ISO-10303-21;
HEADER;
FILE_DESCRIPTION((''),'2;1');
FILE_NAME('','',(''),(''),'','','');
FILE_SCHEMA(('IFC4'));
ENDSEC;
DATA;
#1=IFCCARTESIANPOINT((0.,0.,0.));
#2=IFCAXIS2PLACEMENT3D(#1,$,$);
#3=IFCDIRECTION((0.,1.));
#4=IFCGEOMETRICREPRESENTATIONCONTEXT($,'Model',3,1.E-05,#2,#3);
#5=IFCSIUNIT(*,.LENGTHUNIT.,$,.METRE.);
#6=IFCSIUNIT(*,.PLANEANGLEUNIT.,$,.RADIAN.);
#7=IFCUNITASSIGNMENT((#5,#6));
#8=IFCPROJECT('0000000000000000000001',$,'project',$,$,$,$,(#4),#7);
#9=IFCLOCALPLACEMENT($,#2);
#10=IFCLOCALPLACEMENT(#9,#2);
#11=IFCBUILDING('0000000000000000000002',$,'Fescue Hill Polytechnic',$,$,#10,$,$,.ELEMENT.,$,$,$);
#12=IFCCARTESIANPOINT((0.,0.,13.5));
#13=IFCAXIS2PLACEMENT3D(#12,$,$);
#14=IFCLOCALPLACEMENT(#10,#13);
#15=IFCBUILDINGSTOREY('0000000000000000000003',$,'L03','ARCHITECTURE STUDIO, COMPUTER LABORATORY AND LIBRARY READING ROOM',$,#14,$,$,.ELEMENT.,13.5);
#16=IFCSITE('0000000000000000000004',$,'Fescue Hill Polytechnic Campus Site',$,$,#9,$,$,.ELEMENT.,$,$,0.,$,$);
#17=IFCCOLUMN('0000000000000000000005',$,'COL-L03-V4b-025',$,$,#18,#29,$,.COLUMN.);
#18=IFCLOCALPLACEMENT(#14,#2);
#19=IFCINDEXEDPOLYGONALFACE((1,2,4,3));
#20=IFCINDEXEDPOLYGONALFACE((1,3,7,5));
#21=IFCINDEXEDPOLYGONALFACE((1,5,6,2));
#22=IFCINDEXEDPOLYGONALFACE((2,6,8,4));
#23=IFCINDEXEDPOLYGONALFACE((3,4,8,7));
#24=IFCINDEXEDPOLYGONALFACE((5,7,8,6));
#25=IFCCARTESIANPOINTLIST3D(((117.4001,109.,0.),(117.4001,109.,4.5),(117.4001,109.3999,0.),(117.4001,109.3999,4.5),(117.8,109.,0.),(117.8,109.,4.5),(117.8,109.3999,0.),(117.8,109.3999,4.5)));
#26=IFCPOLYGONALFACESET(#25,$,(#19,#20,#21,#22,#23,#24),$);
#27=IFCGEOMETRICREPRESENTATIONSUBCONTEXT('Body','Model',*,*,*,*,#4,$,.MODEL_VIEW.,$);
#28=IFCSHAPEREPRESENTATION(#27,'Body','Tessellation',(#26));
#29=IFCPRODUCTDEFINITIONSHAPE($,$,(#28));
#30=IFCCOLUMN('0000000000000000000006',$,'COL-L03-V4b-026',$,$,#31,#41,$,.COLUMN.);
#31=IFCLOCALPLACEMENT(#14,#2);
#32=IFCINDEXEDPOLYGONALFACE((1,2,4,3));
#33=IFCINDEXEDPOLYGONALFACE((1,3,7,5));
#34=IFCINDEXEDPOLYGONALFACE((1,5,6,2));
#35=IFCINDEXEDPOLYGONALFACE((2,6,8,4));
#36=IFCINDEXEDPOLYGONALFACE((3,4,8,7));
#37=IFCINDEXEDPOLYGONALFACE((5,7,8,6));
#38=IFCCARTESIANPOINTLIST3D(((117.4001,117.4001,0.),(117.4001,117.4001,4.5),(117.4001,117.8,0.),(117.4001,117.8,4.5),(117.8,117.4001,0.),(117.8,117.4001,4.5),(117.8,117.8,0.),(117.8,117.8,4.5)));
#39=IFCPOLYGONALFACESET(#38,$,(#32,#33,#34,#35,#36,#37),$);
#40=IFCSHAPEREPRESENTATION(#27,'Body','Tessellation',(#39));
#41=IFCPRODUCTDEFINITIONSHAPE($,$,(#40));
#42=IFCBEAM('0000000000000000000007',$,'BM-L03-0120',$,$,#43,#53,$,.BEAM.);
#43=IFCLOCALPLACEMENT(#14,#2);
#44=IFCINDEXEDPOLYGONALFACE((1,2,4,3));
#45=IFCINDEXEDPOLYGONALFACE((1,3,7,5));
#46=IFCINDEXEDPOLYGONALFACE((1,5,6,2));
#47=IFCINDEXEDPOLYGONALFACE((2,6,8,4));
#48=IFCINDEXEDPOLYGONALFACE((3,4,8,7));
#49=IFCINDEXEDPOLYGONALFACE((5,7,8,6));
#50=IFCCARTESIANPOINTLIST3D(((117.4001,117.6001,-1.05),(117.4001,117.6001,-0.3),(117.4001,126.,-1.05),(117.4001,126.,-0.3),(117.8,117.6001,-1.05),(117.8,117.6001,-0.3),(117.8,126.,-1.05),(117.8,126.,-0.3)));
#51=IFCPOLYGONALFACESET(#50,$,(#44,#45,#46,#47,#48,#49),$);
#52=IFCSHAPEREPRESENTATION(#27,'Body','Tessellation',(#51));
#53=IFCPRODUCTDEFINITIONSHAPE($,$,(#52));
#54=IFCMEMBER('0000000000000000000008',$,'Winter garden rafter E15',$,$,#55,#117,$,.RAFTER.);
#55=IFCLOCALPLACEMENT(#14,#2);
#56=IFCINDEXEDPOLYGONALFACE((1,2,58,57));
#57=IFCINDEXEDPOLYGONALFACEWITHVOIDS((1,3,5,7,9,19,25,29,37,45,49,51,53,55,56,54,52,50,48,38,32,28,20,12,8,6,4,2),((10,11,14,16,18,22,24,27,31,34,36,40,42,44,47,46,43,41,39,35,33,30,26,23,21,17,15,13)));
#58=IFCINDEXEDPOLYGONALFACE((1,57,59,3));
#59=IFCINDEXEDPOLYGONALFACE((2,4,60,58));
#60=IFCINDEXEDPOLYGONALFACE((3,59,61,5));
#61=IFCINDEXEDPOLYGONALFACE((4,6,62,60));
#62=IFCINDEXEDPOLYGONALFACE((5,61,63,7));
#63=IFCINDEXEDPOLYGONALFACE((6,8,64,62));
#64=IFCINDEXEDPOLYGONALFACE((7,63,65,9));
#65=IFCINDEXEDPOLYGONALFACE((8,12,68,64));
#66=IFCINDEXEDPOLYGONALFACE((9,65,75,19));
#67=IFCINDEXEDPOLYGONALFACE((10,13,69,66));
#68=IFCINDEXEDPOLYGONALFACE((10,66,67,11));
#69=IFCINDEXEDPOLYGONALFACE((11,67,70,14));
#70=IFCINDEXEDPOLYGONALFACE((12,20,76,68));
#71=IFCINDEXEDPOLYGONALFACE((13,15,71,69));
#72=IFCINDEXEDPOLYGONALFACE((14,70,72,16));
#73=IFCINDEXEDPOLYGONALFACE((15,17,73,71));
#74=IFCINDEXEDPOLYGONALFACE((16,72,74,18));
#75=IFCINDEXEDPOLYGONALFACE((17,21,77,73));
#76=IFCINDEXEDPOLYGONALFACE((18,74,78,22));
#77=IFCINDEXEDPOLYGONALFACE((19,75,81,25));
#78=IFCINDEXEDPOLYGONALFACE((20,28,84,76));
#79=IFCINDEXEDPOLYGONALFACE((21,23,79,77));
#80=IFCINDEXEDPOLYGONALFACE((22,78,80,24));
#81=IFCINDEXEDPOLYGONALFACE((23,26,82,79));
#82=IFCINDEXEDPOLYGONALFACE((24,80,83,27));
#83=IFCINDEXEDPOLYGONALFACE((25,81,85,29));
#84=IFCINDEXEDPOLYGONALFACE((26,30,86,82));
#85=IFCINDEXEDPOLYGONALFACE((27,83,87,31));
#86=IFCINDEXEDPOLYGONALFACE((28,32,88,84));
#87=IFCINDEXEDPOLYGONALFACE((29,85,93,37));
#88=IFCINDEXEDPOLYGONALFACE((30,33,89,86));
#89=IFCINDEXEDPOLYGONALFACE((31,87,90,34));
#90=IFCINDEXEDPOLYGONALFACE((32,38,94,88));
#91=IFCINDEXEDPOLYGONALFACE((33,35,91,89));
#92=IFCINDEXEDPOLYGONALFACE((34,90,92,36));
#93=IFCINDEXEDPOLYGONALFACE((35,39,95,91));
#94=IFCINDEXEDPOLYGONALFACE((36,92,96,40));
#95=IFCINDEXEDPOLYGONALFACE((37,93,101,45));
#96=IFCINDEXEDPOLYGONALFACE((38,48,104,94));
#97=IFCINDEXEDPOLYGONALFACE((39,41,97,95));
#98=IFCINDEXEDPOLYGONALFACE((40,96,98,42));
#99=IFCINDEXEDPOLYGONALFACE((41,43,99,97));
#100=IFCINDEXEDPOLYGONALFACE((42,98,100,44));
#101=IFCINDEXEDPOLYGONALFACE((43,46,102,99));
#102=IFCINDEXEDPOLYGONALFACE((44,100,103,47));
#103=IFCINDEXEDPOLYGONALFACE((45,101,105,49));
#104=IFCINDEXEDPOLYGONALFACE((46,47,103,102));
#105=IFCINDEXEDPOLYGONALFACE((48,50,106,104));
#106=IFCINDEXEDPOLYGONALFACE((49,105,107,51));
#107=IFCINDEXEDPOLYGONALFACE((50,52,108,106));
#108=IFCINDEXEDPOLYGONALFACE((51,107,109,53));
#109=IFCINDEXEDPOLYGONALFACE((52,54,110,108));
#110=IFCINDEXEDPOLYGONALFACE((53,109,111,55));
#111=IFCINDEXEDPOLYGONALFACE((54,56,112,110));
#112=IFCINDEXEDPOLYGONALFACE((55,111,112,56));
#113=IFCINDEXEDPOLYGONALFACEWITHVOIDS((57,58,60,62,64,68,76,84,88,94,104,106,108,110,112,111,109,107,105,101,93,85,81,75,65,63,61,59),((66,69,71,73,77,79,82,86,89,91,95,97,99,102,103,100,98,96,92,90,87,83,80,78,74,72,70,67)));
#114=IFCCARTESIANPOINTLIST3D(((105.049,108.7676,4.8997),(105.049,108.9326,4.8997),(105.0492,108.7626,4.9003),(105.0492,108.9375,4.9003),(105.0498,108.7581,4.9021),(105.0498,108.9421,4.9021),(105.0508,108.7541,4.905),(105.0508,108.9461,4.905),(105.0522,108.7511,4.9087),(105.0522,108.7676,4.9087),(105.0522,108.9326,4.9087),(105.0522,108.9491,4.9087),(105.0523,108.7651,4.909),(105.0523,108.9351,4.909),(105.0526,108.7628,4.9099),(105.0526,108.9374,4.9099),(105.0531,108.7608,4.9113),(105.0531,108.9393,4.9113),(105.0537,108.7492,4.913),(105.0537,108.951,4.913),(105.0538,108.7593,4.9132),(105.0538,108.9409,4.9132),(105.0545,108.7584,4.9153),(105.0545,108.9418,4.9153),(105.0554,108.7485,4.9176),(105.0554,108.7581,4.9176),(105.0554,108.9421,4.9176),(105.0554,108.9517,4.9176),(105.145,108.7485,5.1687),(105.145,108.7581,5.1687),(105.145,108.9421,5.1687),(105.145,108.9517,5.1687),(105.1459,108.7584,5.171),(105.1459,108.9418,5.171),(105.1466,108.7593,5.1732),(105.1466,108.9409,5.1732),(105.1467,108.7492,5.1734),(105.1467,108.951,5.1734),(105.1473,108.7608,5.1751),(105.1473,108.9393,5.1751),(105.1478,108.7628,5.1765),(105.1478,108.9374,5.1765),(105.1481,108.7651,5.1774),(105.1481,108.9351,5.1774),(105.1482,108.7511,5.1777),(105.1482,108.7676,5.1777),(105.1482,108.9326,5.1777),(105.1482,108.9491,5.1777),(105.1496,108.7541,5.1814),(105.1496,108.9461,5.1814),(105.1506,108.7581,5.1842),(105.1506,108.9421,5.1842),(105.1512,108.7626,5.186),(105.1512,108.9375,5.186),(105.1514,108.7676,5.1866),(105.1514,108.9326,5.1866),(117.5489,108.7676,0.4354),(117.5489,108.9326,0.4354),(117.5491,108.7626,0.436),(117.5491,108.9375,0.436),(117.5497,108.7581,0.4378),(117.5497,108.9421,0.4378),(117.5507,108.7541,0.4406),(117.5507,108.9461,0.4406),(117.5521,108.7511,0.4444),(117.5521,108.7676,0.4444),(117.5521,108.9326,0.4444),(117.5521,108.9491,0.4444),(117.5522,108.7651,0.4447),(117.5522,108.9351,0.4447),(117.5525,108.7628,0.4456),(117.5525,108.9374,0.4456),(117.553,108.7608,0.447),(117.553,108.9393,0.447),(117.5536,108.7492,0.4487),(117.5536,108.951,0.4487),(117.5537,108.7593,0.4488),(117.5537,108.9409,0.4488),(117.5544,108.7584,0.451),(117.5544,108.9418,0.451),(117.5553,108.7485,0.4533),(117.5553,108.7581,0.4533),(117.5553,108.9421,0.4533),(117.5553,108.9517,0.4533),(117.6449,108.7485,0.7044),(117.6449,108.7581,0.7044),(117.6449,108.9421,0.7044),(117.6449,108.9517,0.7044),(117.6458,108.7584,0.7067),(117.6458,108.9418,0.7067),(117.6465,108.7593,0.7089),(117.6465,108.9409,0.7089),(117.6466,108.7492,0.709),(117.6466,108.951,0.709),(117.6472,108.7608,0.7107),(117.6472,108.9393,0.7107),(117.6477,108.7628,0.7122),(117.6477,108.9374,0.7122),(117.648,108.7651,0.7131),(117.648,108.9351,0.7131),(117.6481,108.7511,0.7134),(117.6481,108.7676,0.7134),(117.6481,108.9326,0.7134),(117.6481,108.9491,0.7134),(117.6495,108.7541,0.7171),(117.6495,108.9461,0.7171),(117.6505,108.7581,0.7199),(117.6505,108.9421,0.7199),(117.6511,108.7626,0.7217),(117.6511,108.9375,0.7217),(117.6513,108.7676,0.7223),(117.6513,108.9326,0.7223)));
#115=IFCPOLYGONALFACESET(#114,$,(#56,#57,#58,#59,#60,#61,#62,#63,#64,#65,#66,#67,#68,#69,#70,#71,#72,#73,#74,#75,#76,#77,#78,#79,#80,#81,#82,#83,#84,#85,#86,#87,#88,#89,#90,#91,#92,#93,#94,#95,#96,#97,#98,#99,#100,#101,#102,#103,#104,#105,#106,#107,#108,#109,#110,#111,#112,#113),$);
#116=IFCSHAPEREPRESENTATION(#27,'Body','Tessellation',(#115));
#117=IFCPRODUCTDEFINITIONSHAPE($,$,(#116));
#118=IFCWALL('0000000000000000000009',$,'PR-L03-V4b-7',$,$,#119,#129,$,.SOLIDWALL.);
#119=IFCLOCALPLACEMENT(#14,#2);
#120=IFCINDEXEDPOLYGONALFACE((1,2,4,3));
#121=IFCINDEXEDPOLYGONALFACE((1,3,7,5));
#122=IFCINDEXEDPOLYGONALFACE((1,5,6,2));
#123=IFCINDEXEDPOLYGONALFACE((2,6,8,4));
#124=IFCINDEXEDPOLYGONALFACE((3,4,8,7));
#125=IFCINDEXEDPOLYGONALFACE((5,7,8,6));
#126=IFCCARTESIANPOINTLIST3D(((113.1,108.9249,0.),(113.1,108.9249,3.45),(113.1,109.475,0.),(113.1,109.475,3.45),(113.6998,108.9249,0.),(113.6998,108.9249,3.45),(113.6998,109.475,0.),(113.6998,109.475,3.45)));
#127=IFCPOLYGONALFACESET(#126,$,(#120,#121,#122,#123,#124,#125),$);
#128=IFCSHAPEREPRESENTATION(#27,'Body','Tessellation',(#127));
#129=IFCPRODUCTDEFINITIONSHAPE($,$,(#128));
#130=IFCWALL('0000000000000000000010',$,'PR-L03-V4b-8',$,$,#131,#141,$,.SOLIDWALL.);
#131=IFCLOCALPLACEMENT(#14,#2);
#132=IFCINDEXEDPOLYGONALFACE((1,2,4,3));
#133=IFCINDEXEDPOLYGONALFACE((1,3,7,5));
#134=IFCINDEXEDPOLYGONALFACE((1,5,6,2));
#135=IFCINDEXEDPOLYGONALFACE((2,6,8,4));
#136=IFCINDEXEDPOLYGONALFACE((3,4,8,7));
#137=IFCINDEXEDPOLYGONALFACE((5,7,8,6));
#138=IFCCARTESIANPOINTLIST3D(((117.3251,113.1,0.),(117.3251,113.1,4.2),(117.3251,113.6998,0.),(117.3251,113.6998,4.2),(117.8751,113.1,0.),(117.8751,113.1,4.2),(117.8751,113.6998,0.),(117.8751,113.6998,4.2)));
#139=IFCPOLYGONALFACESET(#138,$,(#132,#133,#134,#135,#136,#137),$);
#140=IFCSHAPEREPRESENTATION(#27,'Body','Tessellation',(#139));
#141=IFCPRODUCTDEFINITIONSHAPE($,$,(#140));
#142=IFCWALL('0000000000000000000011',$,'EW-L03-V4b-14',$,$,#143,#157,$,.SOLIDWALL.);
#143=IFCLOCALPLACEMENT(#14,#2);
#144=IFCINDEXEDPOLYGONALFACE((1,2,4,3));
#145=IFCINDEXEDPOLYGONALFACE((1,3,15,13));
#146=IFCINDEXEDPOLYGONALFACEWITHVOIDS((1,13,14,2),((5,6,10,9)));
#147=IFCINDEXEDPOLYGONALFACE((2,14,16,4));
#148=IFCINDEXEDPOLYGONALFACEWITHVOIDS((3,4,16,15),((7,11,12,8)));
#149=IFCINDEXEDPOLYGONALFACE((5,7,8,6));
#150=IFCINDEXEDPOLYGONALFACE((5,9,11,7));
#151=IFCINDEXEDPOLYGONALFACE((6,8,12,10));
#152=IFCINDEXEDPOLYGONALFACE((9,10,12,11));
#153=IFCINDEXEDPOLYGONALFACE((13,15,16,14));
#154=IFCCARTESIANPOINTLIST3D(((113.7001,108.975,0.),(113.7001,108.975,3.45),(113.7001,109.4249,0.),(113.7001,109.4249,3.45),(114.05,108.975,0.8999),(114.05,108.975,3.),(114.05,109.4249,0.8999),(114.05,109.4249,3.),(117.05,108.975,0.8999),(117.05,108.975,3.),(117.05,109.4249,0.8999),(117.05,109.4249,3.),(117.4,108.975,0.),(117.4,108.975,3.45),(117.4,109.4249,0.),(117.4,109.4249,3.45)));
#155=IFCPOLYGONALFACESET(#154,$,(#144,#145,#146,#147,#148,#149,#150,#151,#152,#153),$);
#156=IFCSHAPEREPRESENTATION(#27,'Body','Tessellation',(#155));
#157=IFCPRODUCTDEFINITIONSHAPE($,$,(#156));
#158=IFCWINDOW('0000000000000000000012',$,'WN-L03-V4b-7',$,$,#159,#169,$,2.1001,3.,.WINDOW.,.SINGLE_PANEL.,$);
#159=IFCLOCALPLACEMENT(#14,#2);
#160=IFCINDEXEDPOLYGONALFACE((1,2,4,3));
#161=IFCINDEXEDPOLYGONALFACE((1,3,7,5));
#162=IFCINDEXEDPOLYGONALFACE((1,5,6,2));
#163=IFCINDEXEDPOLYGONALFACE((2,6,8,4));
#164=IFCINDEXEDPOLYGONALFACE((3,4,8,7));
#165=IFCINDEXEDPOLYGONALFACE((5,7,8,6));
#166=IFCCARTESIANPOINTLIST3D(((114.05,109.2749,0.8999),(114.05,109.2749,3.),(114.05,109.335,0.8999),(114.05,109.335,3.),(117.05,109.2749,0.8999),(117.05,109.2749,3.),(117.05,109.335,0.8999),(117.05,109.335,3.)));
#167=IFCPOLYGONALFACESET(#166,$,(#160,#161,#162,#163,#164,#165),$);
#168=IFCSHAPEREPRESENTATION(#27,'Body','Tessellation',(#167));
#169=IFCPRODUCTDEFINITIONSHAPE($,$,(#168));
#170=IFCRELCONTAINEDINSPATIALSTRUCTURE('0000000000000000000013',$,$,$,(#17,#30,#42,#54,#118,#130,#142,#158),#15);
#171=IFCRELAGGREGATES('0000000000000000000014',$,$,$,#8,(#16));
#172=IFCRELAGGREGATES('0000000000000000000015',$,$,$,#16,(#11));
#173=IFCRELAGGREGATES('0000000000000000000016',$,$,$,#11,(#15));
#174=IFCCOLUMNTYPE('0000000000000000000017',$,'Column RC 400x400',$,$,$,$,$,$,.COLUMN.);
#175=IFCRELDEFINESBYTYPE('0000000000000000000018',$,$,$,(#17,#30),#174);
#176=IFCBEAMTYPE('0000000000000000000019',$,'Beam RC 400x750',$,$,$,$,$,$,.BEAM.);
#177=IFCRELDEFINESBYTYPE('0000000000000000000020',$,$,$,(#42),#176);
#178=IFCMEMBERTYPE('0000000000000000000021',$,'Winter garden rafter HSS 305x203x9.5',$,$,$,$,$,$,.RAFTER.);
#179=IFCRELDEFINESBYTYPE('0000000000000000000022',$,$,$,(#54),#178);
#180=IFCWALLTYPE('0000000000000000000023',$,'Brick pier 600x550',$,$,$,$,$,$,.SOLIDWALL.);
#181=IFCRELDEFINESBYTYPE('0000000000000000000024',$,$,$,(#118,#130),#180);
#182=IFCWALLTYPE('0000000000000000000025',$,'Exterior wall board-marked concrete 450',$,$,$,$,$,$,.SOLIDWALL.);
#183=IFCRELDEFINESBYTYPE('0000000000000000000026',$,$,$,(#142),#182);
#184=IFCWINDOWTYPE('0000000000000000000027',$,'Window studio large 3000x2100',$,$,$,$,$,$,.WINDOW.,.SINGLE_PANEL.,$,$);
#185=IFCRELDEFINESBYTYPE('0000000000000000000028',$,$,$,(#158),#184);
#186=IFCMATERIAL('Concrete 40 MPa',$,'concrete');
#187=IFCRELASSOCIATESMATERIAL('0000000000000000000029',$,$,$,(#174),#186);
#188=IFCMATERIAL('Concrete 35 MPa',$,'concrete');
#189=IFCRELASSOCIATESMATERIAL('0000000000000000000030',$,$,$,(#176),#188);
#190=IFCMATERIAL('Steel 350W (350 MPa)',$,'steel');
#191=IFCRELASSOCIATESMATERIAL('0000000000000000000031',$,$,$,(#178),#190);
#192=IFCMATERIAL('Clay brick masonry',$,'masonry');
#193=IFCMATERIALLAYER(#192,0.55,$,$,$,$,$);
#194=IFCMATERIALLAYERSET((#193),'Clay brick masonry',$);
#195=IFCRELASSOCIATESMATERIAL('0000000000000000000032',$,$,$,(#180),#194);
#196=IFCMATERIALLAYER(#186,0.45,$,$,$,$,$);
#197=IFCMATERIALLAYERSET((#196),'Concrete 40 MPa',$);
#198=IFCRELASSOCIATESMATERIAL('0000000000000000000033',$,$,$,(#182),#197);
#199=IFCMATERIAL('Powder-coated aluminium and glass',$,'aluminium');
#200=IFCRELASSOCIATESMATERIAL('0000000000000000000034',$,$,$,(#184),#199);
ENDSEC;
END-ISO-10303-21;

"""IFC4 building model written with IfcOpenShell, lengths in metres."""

from ifc_helpers import new_model, si_unit, direction, frame, frame_2d, origin, origin_2d, place, context, subcontext, project, spatial, rectangle, hollow_rectangle, extrude, material, layer, layer_set, material_profile, profile_set, type_object, element, fill, save


model = new_model("IFC4")

# Units and contexts
model_context = context("Model", 3, precision=1e-05, world=origin(), true_north=direction((0.0, 1.0)))
body_context = subcontext(model_context, "Body", "Model", "MODEL_VIEW")
ifc_project = project(units=[si_unit("LENGTHUNIT", "METRE"), si_unit("PLANEANGLEUNIT", "RADIAN")], contexts=[model_context])

# Site, building, storey
site_placement = place(None, origin())
site = spatial("IfcSite", under=ifc_project, at=site_placement, Name="Fescue Hill Polytechnic Campus Site", CompositionType="ELEMENT", RefElevation=0.0)
building_placement = place(site_placement, origin())
building = spatial("IfcBuilding", under=site, at=building_placement, Name="Fescue Hill Polytechnic", CompositionType="ELEMENT")
storey_placement = place(building_placement, frame((0.0, 0.0, 13.5)))
storey = spatial("IfcBuildingStorey", under=building, at=storey_placement, Name="L03", Description="ARCHITECTURE STUDIO, COMPUTER LABORATORY AND LIBRARY READING ROOM", CompositionType="ELEMENT", Elevation=13.5)

# Columns
ifc_material_1 = material(Name="Concrete 40 MPa", Category="concrete")
ifc_material_profile_1 = material_profile(ifc_material_1, rectangle(XDim=0.3999, YDim=0.3999, at=origin_2d()), Name="RC 400x400")
ifc_profile_set_1 = profile_set([ifc_material_profile_1], Name="Concrete 40 MPa")
column_type = type_object("IfcColumnType", Name="Column RC 400x400", PredefinedType="COLUMN", material=ifc_profile_set_1)
for number, where, z_axis, x_axis, name in (
    (1, (117.6001, 109.2, 0.0), (0.0, 0.0, 1.0), (1.0, 0.0, 0.0), "COL-L03-V4b-025"),
    (2, (117.6001, 117.6001, 0.0), (0.0, 0.0, 1.0), (1.0, 0.0, 0.0), "COL-L03-V4b-026"),
):
    element("IfcColumn", number, at=place(storey_placement, frame(where, z_axis=z_axis, x_axis=x_axis)), inside=storey, type_object=column_type, Name=name, PredefinedType="COLUMN", context=body_context, shape_type="SweptSolid", body=[
        extrude(rectangle(XDim=0.3999, YDim=0.3999, at=origin_2d()), origin(), (0.0, 0.0, 1.0), 4.5),
    ])

# Beam
ifc_material_2 = material(Name="Concrete 35 MPa", Category="concrete")
ifc_material_profile_2 = material_profile(ifc_material_2, rectangle(XDim=0.3999, YDim=0.75, at=origin_2d()), Name="RC 400x750")
ifc_profile_set_2 = profile_set([ifc_material_profile_2], Name="Concrete 35 MPa")
beam_type = type_object("IfcBeamType", Name="Beam RC 400x750", PredefinedType="BEAM", material=ifc_profile_set_2)
beam_placement = place(storey_placement, frame((117.6001, 117.6001, -0.675), z_axis=(0.0, 1.0, 0.0), x_axis=(-1.0, 0.0, 0.0)))
element("IfcBeam", 3, at=beam_placement, inside=storey, type_object=beam_type, Name="BM-L03-0120", PredefinedType="BEAM", context=body_context, shape_type="SweptSolid", body=[
    extrude(rectangle(XDim=0.3999, YDim=0.75, at=origin_2d()), origin(), (0.0, 0.0, 1.0), 8.3999),
])

# Member
ifc_material_3 = material(Name="Steel 350W (350 MPa)", Category="steel")
ifc_material_profile_3 = material_profile(ifc_material_3, hollow_rectangle(XDim=0.2031, YDim=0.3047, WallThickness=0.0095, InnerFilletRadius=0.0095, OuterFilletRadius=0.019, at=origin_2d()), Name="Winter garden rafter HSS 305x203x9.5")
ifc_profile_set_3 = profile_set([ifc_material_profile_3], Name="Steel 350W (350 MPa)")
member_type = type_object("IfcMemberType", Name="Winter garden rafter HSS 305x203x9.5", PredefinedType="RAFTER", material=ifc_profile_set_3)
member_placement = place(storey_placement, frame((117.6001, 108.8501, 0.5789), z_axis=(-0.94174, 0.0, 0.336341), x_axis=(0.0, -1.0, 0.0)))
element("IfcMember", 4, at=member_placement, inside=storey, type_object=member_type, Name="Winter garden rafter E15", PredefinedType="RAFTER", context=body_context, shape_type="SweptSolid", body=[
    extrude(hollow_rectangle(XDim=0.2031, YDim=0.3047, WallThickness=0.0095, InnerFilletRadius=0.0095, OuterFilletRadius=0.019, at=origin_2d()), origin(), (0.0, 0.0, 1.0), 13.2732),
])

# Walls
ifc_material_4 = material(Name="Clay brick masonry", Category="masonry")
ifc_layer_1 = layer(ifc_material_4, 0.55)
ifc_layer_set_1 = layer_set([ifc_layer_1], Name="Clay brick masonry")
wall_type_1 = type_object("IfcWallType", Name="Brick pier 600x550", PredefinedType="SOLIDWALL", material=ifc_layer_set_1)
wall_1_placement = place(storey_placement, frame((113.1001, 109.2, 0.0), z_axis=(0.0, 0.0, 1.0), x_axis=(1.0, 0.0, 0.0)))
element("IfcWall", 5, at=wall_1_placement, inside=storey, type_object=wall_type_1, Name="PR-L03-V4b-7", PredefinedType="SOLIDWALL", context=body_context, shape_type="SweptSolid", body=[
    extrude(rectangle(XDim=0.5999, YDim=0.55, at=frame_2d((0.2998, 0.0))), origin(), (0.0, 0.0, 1.0), 3.45),
])
wall_2_placement = place(storey_placement, frame((117.6001, 113.1001, 0.0), z_axis=(0.0, 0.0, 1.0), x_axis=(0.0, 1.0, 0.0)))
element("IfcWall", 6, at=wall_2_placement, inside=storey, type_object=wall_type_1, Name="PR-L03-V4b-8", PredefinedType="SOLIDWALL", context=body_context, shape_type="SweptSolid", body=[
    extrude(rectangle(XDim=0.5999, YDim=0.55, at=frame_2d((0.2998, 0.0))), origin(), (0.0, 0.0, 1.0), 4.2),
])

# Wall, opening, window
ifc_layer_2 = layer(ifc_material_1, 0.45)
ifc_layer_set_2 = layer_set([ifc_layer_2], Name="Concrete 40 MPa")
wall_type_2 = type_object("IfcWallType", Name="Exterior wall board-marked concrete 450", PredefinedType="SOLIDWALL", material=ifc_layer_set_2)
wall_3_placement = place(storey_placement, frame((113.7, 109.2, 0.0), z_axis=(0.0, 0.0, 1.0), x_axis=(1.0, 0.0, 0.0)))
wall_3 = element("IfcWall", 7, at=wall_3_placement, inside=storey, type_object=wall_type_2, Name="EW-L03-V4b-14", PredefinedType="SOLIDWALL", context=body_context, shape_type="SweptSolid", body=[
    extrude(rectangle(XDim=3.7, YDim=0.45, at=frame_2d((1.8501, 0.0))), origin(), (0.0, 0.0, 1.0), 3.45),
])
opening_1_placement = place(wall_3_placement, frame((0.3501, 0.0, 0.8999)))
opening_1 = element("IfcOpeningElement", 8, at=opening_1_placement, cuts=wall_3, PredefinedType="OPENING", context=body_context, shape_type="SweptSolid", body=[
    extrude(rectangle(XDim=3.0, YDim=2.1001, at=frame_2d((1.5, 1.05))), frame((0.0, 0.2349, 0.0), z_axis=(0.0, -1.0, 0.0), x_axis=(1.0, 0.0, 0.0)), (0.0, 0.0, 1.0), 0.47),
])
ifc_material_5 = material(Name="Powder-coated aluminium and glass", Category="aluminium")
window_type_1 = type_object("IfcWindowType", Name="Window studio large 3000x2100", PartitioningType="SINGLE_PANEL", PredefinedType="WINDOW", material=ifc_material_5)
window_1_placement = place(opening_1_placement, origin())
window_1 = element("IfcWindow", 9, at=window_1_placement, inside=storey, type_object=window_type_1, Name="WN-L03-V4b-7", OverallHeight=2.1001, OverallWidth=3.0, PartitioningType="SINGLE_PANEL", PredefinedType="WINDOW", context=body_context, shape_type="SweptSolid", body=[
    extrude(rectangle(XDim=3.0, YDim=2.1001, at=frame_2d((1.5, 1.05))), frame((0.0, 0.135, 0.0), z_axis=(0.0, -1.0, 0.0), x_axis=(1.0, 0.0, 0.0)), (0.0, 0.0, 1.0), 0.0601),
])
fill(opening_1, window_1)

save(model, "model.ifc")
